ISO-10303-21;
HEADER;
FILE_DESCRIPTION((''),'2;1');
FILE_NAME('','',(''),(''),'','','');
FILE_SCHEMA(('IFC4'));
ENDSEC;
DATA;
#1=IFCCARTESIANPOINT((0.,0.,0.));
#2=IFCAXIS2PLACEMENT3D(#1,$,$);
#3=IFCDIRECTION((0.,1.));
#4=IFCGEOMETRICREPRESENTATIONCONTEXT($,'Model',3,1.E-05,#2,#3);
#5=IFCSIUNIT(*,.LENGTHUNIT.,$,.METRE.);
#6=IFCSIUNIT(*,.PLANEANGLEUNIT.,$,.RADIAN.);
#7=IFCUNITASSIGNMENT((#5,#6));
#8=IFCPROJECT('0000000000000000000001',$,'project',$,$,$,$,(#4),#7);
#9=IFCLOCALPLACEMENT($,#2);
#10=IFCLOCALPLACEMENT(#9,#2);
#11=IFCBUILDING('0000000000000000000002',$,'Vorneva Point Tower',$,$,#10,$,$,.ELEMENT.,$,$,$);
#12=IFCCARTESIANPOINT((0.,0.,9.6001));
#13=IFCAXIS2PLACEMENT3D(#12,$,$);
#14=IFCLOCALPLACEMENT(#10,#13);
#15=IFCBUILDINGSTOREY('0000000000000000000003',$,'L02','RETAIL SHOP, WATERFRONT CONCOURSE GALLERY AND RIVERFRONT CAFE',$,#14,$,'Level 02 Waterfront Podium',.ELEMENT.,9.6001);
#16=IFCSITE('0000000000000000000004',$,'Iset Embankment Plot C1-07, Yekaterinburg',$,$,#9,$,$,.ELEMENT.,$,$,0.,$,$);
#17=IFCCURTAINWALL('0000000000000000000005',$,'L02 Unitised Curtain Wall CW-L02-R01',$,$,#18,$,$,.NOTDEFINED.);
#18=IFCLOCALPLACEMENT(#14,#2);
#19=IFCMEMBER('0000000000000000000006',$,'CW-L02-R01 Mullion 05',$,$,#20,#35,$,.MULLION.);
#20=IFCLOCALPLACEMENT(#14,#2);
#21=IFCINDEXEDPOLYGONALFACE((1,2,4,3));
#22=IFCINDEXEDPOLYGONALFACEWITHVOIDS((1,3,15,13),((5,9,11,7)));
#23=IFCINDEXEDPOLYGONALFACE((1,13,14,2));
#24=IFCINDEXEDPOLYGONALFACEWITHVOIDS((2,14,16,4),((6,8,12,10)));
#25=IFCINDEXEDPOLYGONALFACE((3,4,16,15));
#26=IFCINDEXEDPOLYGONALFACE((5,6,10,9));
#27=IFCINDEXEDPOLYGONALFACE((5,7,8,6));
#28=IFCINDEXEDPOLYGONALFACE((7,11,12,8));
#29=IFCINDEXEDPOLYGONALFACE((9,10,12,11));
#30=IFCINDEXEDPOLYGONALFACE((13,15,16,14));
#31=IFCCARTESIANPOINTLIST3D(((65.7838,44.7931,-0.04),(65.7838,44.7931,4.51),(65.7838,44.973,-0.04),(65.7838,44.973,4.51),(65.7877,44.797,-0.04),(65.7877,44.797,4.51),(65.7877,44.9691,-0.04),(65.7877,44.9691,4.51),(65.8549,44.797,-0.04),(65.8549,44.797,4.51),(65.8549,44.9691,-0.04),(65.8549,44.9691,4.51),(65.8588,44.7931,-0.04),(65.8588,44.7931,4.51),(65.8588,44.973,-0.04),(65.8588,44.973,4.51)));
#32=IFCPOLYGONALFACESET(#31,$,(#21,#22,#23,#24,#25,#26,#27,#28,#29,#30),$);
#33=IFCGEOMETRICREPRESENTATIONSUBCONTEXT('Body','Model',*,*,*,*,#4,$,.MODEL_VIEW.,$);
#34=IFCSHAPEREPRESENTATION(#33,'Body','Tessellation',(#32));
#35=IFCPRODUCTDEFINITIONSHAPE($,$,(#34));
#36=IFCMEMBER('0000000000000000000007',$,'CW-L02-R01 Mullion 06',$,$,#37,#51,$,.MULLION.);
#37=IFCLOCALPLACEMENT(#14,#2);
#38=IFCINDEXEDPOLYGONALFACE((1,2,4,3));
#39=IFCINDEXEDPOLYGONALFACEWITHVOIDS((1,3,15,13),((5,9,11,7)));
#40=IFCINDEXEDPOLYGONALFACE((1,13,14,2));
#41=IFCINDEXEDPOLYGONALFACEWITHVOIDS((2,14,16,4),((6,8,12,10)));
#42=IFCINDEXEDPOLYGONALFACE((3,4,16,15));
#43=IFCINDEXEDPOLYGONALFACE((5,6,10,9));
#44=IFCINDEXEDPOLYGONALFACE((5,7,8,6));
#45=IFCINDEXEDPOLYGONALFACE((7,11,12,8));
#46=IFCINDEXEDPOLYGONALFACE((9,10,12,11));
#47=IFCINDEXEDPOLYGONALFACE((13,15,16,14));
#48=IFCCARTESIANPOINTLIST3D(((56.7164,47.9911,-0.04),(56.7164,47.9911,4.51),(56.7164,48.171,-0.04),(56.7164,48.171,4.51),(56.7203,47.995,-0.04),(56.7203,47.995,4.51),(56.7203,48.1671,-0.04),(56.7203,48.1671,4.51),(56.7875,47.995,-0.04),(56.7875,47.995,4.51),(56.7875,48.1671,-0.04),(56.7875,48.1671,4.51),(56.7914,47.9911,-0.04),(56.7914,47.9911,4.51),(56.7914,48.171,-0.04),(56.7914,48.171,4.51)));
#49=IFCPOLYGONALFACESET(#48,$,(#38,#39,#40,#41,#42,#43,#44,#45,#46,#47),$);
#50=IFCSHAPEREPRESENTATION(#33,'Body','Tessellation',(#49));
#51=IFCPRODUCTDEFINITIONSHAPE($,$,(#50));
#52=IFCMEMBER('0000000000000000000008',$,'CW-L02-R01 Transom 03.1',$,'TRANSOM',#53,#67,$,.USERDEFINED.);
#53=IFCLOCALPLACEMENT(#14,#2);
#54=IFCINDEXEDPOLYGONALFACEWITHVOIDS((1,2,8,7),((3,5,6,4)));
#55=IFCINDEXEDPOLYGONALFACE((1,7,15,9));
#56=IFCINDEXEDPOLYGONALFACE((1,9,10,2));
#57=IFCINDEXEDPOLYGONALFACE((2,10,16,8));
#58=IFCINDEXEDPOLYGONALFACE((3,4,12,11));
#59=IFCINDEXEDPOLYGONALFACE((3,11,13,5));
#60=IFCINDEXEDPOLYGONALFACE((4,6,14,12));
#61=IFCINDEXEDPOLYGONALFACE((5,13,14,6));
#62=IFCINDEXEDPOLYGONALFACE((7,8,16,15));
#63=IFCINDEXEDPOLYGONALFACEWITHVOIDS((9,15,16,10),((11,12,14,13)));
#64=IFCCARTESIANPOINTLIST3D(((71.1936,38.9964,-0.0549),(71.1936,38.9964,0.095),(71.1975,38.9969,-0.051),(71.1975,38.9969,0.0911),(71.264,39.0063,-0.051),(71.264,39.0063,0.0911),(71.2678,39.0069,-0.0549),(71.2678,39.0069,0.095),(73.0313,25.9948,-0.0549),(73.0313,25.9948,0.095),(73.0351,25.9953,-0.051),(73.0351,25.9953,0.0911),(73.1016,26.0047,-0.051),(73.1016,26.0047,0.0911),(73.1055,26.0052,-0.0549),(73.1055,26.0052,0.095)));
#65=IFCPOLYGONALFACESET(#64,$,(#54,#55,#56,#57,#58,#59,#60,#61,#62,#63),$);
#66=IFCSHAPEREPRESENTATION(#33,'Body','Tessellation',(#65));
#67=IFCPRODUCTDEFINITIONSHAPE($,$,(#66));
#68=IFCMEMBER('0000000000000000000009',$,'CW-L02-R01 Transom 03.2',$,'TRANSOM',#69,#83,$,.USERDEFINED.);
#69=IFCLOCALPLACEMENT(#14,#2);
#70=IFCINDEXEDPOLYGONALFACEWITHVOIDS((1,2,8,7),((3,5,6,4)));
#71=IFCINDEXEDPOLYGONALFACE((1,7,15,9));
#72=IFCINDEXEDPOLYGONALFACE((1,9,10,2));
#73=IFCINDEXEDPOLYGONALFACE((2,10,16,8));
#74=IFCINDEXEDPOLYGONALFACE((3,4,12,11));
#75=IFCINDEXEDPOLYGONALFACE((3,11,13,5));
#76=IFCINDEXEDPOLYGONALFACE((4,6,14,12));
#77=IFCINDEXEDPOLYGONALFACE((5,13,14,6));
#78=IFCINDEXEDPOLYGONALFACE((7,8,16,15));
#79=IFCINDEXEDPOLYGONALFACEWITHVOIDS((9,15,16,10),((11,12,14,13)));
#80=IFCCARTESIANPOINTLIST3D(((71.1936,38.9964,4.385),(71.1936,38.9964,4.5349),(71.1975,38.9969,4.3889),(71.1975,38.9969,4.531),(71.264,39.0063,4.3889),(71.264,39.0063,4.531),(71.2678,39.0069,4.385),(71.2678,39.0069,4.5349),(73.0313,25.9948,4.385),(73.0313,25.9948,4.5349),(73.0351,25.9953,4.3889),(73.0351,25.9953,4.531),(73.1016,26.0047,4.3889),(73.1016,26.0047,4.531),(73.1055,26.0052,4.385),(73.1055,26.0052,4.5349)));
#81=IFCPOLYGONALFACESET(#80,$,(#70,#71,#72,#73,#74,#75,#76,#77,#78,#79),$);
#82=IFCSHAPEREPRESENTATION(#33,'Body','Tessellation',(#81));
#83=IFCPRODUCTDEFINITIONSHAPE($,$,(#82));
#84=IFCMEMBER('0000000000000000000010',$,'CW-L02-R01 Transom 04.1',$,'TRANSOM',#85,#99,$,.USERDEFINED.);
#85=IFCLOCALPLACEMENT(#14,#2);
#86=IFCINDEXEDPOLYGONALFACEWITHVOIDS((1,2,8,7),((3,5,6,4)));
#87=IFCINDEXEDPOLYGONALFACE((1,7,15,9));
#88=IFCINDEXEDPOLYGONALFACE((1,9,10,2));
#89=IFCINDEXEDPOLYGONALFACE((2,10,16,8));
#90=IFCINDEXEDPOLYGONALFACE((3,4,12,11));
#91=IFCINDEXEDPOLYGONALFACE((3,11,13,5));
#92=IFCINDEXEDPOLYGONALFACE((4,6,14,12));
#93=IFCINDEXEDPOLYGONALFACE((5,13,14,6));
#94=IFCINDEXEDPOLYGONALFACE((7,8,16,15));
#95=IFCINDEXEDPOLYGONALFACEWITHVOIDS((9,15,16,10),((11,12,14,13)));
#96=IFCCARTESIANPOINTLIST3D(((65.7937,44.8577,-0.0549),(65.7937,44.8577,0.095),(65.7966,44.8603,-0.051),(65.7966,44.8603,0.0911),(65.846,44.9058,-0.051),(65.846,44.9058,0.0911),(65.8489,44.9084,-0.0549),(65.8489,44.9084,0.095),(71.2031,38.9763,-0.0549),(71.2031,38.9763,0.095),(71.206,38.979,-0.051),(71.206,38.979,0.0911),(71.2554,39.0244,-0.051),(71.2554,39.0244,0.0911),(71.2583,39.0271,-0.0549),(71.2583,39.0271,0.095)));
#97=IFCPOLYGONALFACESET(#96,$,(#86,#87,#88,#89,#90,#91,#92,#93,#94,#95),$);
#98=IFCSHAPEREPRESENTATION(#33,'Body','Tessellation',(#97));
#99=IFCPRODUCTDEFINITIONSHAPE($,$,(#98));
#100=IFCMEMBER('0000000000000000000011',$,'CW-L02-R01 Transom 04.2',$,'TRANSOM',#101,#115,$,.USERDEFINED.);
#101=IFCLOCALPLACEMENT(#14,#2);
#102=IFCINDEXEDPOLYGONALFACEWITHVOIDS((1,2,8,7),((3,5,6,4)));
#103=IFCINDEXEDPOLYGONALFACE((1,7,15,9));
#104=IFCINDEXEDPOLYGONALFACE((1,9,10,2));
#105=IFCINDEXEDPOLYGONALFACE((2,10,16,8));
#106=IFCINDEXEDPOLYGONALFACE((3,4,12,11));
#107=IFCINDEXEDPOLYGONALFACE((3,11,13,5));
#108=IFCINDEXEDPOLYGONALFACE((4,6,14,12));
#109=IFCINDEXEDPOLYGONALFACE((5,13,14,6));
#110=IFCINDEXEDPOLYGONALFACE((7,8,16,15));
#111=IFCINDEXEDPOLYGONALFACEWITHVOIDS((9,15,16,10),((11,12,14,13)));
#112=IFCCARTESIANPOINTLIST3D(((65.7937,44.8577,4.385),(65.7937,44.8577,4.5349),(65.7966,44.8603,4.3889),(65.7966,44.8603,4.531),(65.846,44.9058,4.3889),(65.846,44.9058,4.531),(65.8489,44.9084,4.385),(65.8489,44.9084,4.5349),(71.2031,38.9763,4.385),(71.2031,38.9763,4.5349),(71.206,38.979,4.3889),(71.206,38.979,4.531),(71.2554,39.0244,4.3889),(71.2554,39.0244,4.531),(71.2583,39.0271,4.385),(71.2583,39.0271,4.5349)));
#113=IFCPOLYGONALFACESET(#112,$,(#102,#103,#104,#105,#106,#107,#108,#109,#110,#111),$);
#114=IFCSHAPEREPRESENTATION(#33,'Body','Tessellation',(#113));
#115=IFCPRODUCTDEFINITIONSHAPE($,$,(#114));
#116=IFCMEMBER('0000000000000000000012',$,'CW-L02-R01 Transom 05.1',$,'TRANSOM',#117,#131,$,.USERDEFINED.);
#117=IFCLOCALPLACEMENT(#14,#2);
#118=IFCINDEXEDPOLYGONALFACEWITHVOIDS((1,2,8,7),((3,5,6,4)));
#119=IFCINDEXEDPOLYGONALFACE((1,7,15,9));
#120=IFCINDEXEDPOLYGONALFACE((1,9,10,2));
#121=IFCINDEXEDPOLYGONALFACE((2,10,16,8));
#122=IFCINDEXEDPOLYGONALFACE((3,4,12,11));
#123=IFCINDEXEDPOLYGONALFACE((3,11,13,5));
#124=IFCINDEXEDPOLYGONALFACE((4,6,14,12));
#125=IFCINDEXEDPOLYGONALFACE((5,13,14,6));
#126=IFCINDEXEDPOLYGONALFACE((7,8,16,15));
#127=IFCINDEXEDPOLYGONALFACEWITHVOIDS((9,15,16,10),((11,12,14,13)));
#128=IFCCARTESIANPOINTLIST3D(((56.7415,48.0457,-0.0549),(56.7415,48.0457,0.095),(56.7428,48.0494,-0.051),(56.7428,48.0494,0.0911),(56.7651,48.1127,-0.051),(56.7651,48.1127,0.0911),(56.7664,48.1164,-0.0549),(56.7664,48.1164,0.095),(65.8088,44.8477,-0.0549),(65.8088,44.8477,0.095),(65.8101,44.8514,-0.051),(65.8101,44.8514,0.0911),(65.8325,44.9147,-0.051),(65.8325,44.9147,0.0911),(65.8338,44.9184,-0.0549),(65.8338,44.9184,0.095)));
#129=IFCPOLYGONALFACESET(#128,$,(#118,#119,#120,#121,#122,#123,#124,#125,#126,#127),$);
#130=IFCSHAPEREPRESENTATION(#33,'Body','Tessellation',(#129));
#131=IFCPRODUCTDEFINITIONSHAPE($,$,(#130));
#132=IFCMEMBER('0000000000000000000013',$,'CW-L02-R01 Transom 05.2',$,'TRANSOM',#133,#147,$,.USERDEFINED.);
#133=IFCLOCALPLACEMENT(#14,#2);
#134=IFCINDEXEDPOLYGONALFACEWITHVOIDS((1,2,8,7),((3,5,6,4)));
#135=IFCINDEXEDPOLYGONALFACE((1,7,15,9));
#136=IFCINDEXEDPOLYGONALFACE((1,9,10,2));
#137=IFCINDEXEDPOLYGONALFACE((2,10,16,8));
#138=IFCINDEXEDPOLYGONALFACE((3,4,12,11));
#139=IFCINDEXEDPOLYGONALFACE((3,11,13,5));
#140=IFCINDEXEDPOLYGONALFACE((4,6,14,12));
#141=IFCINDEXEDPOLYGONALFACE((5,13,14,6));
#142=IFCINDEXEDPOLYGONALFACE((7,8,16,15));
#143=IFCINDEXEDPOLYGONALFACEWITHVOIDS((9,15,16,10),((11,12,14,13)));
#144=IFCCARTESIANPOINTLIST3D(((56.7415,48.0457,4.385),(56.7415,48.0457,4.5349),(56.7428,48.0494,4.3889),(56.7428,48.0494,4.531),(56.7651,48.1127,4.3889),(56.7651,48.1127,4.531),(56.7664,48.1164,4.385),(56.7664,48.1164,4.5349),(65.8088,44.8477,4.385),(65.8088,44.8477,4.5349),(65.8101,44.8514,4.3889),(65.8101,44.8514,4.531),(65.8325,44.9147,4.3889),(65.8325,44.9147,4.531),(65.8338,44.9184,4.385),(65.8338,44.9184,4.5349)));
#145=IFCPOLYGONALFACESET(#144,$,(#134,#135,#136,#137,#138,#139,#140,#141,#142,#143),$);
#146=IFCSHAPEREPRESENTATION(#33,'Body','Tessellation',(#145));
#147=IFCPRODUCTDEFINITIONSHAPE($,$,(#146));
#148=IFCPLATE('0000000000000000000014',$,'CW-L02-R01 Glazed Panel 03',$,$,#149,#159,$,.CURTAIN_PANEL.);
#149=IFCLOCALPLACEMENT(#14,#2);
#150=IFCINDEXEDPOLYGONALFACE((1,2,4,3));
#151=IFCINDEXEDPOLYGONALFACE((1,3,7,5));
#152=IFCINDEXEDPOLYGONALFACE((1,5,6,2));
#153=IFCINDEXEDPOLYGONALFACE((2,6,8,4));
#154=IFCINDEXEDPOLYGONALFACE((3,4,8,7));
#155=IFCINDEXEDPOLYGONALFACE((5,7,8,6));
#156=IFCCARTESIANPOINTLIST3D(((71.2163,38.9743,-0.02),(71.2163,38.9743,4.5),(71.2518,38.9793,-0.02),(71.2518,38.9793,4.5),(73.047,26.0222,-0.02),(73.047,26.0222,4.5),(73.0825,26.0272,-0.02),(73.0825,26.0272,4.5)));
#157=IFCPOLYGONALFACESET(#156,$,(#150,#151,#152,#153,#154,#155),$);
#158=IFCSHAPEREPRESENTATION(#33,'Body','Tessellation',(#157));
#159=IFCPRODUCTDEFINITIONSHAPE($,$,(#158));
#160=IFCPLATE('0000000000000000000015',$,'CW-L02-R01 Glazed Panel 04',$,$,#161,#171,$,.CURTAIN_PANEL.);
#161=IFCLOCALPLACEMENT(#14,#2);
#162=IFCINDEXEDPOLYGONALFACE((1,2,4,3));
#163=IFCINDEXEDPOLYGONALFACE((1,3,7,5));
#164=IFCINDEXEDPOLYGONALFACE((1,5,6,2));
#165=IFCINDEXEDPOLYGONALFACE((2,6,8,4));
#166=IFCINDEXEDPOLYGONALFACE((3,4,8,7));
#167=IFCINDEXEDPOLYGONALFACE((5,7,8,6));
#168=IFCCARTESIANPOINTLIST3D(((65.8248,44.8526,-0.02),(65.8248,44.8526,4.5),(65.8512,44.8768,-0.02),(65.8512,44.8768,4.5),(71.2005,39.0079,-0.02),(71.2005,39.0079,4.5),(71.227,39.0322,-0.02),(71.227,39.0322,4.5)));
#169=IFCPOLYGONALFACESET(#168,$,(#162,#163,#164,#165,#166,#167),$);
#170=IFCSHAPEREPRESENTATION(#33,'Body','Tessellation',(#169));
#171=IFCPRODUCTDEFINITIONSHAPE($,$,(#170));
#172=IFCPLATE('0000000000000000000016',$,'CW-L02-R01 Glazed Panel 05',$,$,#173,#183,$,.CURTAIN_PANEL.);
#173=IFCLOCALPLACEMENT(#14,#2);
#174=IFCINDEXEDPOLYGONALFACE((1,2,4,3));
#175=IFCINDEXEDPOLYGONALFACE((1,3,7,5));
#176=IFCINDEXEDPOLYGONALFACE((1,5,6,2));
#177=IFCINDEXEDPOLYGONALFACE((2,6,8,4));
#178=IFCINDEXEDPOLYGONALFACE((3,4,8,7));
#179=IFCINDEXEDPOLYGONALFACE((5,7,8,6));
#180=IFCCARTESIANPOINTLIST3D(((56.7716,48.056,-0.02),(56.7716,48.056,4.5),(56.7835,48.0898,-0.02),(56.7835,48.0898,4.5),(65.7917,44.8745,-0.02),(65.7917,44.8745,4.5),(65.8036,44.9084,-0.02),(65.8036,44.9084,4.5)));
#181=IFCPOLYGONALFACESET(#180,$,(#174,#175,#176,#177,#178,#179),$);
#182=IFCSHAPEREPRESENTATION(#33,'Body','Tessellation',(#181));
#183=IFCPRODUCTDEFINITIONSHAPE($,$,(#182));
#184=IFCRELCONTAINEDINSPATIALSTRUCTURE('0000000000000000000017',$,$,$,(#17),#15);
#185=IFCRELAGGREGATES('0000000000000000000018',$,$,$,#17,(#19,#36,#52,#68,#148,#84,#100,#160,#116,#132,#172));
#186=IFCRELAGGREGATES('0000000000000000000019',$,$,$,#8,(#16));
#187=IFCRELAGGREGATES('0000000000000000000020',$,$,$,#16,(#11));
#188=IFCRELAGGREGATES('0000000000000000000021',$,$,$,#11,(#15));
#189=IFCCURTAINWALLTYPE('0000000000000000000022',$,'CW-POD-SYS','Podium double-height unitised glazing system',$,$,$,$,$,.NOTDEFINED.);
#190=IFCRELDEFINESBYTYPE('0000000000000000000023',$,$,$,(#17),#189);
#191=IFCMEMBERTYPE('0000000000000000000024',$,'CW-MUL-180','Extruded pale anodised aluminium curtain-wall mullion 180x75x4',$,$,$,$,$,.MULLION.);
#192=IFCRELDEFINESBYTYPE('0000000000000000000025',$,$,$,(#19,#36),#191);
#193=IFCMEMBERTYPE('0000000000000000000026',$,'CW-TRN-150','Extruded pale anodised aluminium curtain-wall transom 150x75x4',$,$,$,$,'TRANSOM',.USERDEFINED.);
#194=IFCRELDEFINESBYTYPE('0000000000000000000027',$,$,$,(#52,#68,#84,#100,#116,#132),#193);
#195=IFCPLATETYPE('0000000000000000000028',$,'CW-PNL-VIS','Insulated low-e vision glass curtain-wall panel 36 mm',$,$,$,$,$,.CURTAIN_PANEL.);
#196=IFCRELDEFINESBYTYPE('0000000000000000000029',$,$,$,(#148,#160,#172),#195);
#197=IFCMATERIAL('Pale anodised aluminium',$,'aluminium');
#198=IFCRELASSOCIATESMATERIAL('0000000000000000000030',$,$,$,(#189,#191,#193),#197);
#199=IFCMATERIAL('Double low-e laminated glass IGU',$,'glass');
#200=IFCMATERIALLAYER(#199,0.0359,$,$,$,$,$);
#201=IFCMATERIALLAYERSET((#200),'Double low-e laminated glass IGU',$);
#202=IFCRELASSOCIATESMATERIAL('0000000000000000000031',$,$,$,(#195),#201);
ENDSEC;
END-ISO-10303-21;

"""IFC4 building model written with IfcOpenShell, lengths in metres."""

from ifc_helpers import new_model, si_unit, direction, frame, origin, origin_2d, place, context, subcontext, project, spatial, rectangle, hollow_rectangle, extrude, material, layer, layer_set, material_profile, profile_set, type_object, element, aggregate, save


model = new_model("IFC4")

# Units and contexts
model_context = context("Model", 3, precision=1e-05, world=origin(), true_north=direction((0.0, 1.0)))
body_context = subcontext(model_context, "Body", "Model", "MODEL_VIEW")
ifc_project = project(units=[si_unit("LENGTHUNIT", "METRE"), si_unit("PLANEANGLEUNIT", "RADIAN")], contexts=[model_context])

# Site, building, storey
site_placement = place(None, origin())
site = spatial("IfcSite", under=ifc_project, at=site_placement, Name="Iset Embankment Plot C1-07, Yekaterinburg", CompositionType="ELEMENT", RefElevation=0.0)
building_placement = place(site_placement, origin())
building = spatial("IfcBuilding", under=site, at=building_placement, Name="Vorneva Point Tower", CompositionType="ELEMENT")
storey_placement = place(building_placement, frame((0.0, 0.0, 9.6001)))
storey = spatial("IfcBuildingStorey", under=building, at=storey_placement, Name="L02", Description="RETAIL SHOP, WATERFRONT CONCOURSE GALLERY AND RIVERFRONT CAFE", LongName="Level 02 Waterfront Podium", CompositionType="ELEMENT", Elevation=9.6001)

# Curtain wall, members, plates
ifc_material_1 = material(Name="Pale anodised aluminium", Category="aluminium")
curtain_wall_type = type_object("IfcCurtainWallType", Name="CW-POD-SYS", Description="Podium double-height unitised glazing system", PredefinedType="NOTDEFINED", material=ifc_material_1)
curtain_wall_placement = place(storey_placement, origin())
curtain_wall = element("IfcCurtainWall", 1, at=curtain_wall_placement, inside=storey, type_object=curtain_wall_type, Name="L02 Unitised Curtain Wall CW-L02-R01", PredefinedType="NOTDEFINED")
ifc_material_profile_1 = material_profile(ifc_material_1, hollow_rectangle(XDim=0.075, YDim=0.1799, WallThickness=0.0039, at=origin_2d()), Name="AL-MUL 180x75x4")
ifc_profile_set_1 = profile_set([ifc_material_profile_1], Name="Pale anodised aluminium")
member_type_1 = type_object("IfcMemberType", Name="CW-MUL-180", Description="Extruded pale anodised aluminium curtain-wall mullion 180x75x4", PredefinedType="MULLION", material=ifc_profile_set_1)
member_1_placement = place(storey_placement, frame((65.8213, 44.8831, -0.04), z_axis=(0.0, 0.0, 1.0), x_axis=(1.0, 0.0, 0.0)))
member_1 = element("IfcMember", 2, at=member_1_placement, type_object=member_type_1, Name="CW-L02-R01 Mullion 05", PredefinedType="MULLION", context=body_context, shape_type="SweptSolid", body=[
    extrude(hollow_rectangle(XDim=0.075, YDim=0.1799, WallThickness=0.0039, at=origin_2d()), origin(), (0.0, 0.0, 1.0), 4.55),
])
member_2_placement = place(storey_placement, frame((56.7539, 48.0811, -0.04), z_axis=(0.0, 0.0, 1.0), x_axis=(1.0, 0.0, 0.0)))
member_2 = element("IfcMember", 3, at=member_2_placement, type_object=member_type_1, Name="CW-L02-R01 Mullion 06", PredefinedType="MULLION", context=body_context, shape_type="SweptSolid", body=[
    extrude(hollow_rectangle(XDim=0.075, YDim=0.1799, WallThickness=0.0039, at=origin_2d()), origin(), (0.0, 0.0, 1.0), 4.55),
])
ifc_material_profile_2 = material_profile(ifc_material_1, hollow_rectangle(XDim=0.075, YDim=0.1499, WallThickness=0.0039, at=origin_2d()), Name="AL-TRN 150x75x4")
ifc_profile_set_2 = profile_set([ifc_material_profile_2], Name="Pale anodised aluminium")
member_type_2 = type_object("IfcMemberType", Name="CW-TRN-150", Description="Extruded pale anodised aluminium curtain-wall transom 150x75x4", ElementType="TRANSOM", PredefinedType="USERDEFINED", material=ifc_profile_set_2)
member_3_placement = place(storey_placement, frame((73.0684, 26.0, 0.02), z_axis=(-0.139948, 0.990159, 0.0), x_axis=(-0.990159, -0.139948, 0.0)))
member_3 = element("IfcMember", 4, at=member_3_placement, type_object=member_type_2, Name="CW-L02-R01 Transom 03.1", ObjectType="TRANSOM", PredefinedType="USERDEFINED", context=body_context, shape_type="SweptSolid", body=[
    extrude(hollow_rectangle(XDim=0.075, YDim=0.1499, WallThickness=0.0039, at=origin_2d()), origin(), (0.0, 0.0, 1.0), 13.1309),
])
member_4_placement = place(storey_placement, frame((73.0684, 26.0, 4.46), z_axis=(-0.139948, 0.990159, 0.0), x_axis=(-0.990159, -0.139948, 0.0)))
member_4 = element("IfcMember", 5, at=member_4_placement, type_object=member_type_2, Name="CW-L02-R01 Transom 03.2", ObjectType="TRANSOM", PredefinedType="USERDEFINED", context=body_context, shape_type="SweptSolid", body=[
    extrude(hollow_rectangle(XDim=0.075, YDim=0.1499, WallThickness=0.0039, at=origin_2d()), origin(), (0.0, 0.0, 1.0), 13.1309),
])
member_5_placement = place(storey_placement, frame((71.2307, 39.0017, 0.02), z_axis=(-0.676961, 0.736019, 0.0), x_axis=(-0.736019, -0.676961, 0.0)))
member_5 = element("IfcMember", 6, at=member_5_placement, type_object=member_type_2, Name="CW-L02-R01 Transom 04.1", ObjectType="TRANSOM", PredefinedType="USERDEFINED", context=body_context, shape_type="SweptSolid", body=[
    extrude(hollow_rectangle(XDim=0.075, YDim=0.1499, WallThickness=0.0039, at=origin_2d()), origin(), (0.0, 0.0, 1.0), 7.9907),
])
member_6_placement = place(storey_placement, frame((71.2307, 39.0017, 4.46), z_axis=(-0.676961, 0.736019, 0.0), x_axis=(-0.736019, -0.676961, 0.0)))
member_6 = element("IfcMember", 7, at=member_6_placement, type_object=member_type_2, Name="CW-L02-R01 Transom 04.2", ObjectType="TRANSOM", PredefinedType="USERDEFINED", context=body_context, shape_type="SweptSolid", body=[
    extrude(hollow_rectangle(XDim=0.075, YDim=0.1499, WallThickness=0.0039, at=origin_2d()), origin(), (0.0, 0.0, 1.0), 7.9907),
])
member_7_placement = place(storey_placement, frame((65.8213, 44.8831, 0.02), z_axis=(-0.943064, 0.332612, 0.0), x_axis=(-0.332612, -0.943064, 0.0)))
member_7 = element("IfcMember", 8, at=member_7_placement, type_object=member_type_2, Name="CW-L02-R01 Transom 05.1", ObjectType="TRANSOM", PredefinedType="USERDEFINED", context=body_context, shape_type="SweptSolid", body=[
    extrude(hollow_rectangle(XDim=0.075, YDim=0.1499, WallThickness=0.0039, at=origin_2d()), origin(), (0.0, 0.0, 1.0), 9.6147),
])
member_8_placement = place(storey_placement, frame((65.8213, 44.8831, 4.46), z_axis=(-0.943064, 0.332612, 0.0), x_axis=(-0.332612, -0.943064, 0.0)))
member_8 = element("IfcMember", 9, at=member_8_placement, type_object=member_type_2, Name="CW-L02-R01 Transom 05.2", ObjectType="TRANSOM", PredefinedType="USERDEFINED", context=body_context, shape_type="SweptSolid", body=[
    extrude(hollow_rectangle(XDim=0.075, YDim=0.1499, WallThickness=0.0039, at=origin_2d()), origin(), (0.0, 0.0, 1.0), 9.6147),
])
ifc_material_2 = material(Name="Double low-e laminated glass IGU", Category="glass")
ifc_layer_1 = layer(ifc_material_2, 0.0359)
ifc_layer_set_1 = layer_set([ifc_layer_1], Name="Double low-e laminated glass IGU")
plate_type = type_object("IfcPlateType", Name="CW-PNL-VIS", Description="Insulated low-e vision glass curtain-wall panel 36 mm", PredefinedType="CURTAIN_PANEL", material=ifc_layer_set_1)
plate_1_placement = place(storey_placement, frame((72.1494, 32.5007, -0.02), z_axis=(0.0, 0.0, 1.0), x_axis=(-0.139951, 0.990158, 0.0)))
plate_1 = element("IfcPlate", 10, at=plate_1_placement, type_object=plate_type, Name="CW-L02-R01 Glazed Panel 03", PredefinedType="CURTAIN_PANEL", context=body_context, shape_type="SweptSolid", body=[
    extrude(rectangle(XDim=13.0808, YDim=0.0359, at=origin_2d()), origin(), (0.0, 0.0, 1.0), 4.52),
])
plate_2_placement = place(storey_placement, frame((68.5259, 41.9424, -0.02), z_axis=(0.0, 0.0, 1.0), x_axis=(-0.676966, 0.736014, 0.0)))
plate_2 = element("IfcPlate", 11, at=plate_2_placement, type_object=plate_type, Name="CW-L02-R01 Glazed Panel 04", PredefinedType="CURTAIN_PANEL", context=body_context, shape_type="SweptSolid", body=[
    extrude(rectangle(XDim=7.9409, YDim=0.0359, at=origin_2d()), origin(), (0.0, 0.0, 1.0), 4.52),
])
plate_3_placement = place(storey_placement, frame((61.2876, 46.4822, -0.02), z_axis=(0.0, 0.0, 1.0), x_axis=(-0.94306, 0.332622, 0.0)))
plate_3 = element("IfcPlate", 12, at=plate_3_placement, type_object=plate_type, Name="CW-L02-R01 Glazed Panel 05", PredefinedType="CURTAIN_PANEL", context=body_context, shape_type="SweptSolid", body=[
    extrude(rectangle(XDim=9.5647, YDim=0.0359, at=origin_2d()), origin(), (0.0, 0.0, 1.0), 4.52),
])
aggregate(curtain_wall, [member_1, member_2, member_3, member_4, plate_1, member_5, member_6, plate_2, member_7, member_8, plate_3])

save(model, "model.ifc")
